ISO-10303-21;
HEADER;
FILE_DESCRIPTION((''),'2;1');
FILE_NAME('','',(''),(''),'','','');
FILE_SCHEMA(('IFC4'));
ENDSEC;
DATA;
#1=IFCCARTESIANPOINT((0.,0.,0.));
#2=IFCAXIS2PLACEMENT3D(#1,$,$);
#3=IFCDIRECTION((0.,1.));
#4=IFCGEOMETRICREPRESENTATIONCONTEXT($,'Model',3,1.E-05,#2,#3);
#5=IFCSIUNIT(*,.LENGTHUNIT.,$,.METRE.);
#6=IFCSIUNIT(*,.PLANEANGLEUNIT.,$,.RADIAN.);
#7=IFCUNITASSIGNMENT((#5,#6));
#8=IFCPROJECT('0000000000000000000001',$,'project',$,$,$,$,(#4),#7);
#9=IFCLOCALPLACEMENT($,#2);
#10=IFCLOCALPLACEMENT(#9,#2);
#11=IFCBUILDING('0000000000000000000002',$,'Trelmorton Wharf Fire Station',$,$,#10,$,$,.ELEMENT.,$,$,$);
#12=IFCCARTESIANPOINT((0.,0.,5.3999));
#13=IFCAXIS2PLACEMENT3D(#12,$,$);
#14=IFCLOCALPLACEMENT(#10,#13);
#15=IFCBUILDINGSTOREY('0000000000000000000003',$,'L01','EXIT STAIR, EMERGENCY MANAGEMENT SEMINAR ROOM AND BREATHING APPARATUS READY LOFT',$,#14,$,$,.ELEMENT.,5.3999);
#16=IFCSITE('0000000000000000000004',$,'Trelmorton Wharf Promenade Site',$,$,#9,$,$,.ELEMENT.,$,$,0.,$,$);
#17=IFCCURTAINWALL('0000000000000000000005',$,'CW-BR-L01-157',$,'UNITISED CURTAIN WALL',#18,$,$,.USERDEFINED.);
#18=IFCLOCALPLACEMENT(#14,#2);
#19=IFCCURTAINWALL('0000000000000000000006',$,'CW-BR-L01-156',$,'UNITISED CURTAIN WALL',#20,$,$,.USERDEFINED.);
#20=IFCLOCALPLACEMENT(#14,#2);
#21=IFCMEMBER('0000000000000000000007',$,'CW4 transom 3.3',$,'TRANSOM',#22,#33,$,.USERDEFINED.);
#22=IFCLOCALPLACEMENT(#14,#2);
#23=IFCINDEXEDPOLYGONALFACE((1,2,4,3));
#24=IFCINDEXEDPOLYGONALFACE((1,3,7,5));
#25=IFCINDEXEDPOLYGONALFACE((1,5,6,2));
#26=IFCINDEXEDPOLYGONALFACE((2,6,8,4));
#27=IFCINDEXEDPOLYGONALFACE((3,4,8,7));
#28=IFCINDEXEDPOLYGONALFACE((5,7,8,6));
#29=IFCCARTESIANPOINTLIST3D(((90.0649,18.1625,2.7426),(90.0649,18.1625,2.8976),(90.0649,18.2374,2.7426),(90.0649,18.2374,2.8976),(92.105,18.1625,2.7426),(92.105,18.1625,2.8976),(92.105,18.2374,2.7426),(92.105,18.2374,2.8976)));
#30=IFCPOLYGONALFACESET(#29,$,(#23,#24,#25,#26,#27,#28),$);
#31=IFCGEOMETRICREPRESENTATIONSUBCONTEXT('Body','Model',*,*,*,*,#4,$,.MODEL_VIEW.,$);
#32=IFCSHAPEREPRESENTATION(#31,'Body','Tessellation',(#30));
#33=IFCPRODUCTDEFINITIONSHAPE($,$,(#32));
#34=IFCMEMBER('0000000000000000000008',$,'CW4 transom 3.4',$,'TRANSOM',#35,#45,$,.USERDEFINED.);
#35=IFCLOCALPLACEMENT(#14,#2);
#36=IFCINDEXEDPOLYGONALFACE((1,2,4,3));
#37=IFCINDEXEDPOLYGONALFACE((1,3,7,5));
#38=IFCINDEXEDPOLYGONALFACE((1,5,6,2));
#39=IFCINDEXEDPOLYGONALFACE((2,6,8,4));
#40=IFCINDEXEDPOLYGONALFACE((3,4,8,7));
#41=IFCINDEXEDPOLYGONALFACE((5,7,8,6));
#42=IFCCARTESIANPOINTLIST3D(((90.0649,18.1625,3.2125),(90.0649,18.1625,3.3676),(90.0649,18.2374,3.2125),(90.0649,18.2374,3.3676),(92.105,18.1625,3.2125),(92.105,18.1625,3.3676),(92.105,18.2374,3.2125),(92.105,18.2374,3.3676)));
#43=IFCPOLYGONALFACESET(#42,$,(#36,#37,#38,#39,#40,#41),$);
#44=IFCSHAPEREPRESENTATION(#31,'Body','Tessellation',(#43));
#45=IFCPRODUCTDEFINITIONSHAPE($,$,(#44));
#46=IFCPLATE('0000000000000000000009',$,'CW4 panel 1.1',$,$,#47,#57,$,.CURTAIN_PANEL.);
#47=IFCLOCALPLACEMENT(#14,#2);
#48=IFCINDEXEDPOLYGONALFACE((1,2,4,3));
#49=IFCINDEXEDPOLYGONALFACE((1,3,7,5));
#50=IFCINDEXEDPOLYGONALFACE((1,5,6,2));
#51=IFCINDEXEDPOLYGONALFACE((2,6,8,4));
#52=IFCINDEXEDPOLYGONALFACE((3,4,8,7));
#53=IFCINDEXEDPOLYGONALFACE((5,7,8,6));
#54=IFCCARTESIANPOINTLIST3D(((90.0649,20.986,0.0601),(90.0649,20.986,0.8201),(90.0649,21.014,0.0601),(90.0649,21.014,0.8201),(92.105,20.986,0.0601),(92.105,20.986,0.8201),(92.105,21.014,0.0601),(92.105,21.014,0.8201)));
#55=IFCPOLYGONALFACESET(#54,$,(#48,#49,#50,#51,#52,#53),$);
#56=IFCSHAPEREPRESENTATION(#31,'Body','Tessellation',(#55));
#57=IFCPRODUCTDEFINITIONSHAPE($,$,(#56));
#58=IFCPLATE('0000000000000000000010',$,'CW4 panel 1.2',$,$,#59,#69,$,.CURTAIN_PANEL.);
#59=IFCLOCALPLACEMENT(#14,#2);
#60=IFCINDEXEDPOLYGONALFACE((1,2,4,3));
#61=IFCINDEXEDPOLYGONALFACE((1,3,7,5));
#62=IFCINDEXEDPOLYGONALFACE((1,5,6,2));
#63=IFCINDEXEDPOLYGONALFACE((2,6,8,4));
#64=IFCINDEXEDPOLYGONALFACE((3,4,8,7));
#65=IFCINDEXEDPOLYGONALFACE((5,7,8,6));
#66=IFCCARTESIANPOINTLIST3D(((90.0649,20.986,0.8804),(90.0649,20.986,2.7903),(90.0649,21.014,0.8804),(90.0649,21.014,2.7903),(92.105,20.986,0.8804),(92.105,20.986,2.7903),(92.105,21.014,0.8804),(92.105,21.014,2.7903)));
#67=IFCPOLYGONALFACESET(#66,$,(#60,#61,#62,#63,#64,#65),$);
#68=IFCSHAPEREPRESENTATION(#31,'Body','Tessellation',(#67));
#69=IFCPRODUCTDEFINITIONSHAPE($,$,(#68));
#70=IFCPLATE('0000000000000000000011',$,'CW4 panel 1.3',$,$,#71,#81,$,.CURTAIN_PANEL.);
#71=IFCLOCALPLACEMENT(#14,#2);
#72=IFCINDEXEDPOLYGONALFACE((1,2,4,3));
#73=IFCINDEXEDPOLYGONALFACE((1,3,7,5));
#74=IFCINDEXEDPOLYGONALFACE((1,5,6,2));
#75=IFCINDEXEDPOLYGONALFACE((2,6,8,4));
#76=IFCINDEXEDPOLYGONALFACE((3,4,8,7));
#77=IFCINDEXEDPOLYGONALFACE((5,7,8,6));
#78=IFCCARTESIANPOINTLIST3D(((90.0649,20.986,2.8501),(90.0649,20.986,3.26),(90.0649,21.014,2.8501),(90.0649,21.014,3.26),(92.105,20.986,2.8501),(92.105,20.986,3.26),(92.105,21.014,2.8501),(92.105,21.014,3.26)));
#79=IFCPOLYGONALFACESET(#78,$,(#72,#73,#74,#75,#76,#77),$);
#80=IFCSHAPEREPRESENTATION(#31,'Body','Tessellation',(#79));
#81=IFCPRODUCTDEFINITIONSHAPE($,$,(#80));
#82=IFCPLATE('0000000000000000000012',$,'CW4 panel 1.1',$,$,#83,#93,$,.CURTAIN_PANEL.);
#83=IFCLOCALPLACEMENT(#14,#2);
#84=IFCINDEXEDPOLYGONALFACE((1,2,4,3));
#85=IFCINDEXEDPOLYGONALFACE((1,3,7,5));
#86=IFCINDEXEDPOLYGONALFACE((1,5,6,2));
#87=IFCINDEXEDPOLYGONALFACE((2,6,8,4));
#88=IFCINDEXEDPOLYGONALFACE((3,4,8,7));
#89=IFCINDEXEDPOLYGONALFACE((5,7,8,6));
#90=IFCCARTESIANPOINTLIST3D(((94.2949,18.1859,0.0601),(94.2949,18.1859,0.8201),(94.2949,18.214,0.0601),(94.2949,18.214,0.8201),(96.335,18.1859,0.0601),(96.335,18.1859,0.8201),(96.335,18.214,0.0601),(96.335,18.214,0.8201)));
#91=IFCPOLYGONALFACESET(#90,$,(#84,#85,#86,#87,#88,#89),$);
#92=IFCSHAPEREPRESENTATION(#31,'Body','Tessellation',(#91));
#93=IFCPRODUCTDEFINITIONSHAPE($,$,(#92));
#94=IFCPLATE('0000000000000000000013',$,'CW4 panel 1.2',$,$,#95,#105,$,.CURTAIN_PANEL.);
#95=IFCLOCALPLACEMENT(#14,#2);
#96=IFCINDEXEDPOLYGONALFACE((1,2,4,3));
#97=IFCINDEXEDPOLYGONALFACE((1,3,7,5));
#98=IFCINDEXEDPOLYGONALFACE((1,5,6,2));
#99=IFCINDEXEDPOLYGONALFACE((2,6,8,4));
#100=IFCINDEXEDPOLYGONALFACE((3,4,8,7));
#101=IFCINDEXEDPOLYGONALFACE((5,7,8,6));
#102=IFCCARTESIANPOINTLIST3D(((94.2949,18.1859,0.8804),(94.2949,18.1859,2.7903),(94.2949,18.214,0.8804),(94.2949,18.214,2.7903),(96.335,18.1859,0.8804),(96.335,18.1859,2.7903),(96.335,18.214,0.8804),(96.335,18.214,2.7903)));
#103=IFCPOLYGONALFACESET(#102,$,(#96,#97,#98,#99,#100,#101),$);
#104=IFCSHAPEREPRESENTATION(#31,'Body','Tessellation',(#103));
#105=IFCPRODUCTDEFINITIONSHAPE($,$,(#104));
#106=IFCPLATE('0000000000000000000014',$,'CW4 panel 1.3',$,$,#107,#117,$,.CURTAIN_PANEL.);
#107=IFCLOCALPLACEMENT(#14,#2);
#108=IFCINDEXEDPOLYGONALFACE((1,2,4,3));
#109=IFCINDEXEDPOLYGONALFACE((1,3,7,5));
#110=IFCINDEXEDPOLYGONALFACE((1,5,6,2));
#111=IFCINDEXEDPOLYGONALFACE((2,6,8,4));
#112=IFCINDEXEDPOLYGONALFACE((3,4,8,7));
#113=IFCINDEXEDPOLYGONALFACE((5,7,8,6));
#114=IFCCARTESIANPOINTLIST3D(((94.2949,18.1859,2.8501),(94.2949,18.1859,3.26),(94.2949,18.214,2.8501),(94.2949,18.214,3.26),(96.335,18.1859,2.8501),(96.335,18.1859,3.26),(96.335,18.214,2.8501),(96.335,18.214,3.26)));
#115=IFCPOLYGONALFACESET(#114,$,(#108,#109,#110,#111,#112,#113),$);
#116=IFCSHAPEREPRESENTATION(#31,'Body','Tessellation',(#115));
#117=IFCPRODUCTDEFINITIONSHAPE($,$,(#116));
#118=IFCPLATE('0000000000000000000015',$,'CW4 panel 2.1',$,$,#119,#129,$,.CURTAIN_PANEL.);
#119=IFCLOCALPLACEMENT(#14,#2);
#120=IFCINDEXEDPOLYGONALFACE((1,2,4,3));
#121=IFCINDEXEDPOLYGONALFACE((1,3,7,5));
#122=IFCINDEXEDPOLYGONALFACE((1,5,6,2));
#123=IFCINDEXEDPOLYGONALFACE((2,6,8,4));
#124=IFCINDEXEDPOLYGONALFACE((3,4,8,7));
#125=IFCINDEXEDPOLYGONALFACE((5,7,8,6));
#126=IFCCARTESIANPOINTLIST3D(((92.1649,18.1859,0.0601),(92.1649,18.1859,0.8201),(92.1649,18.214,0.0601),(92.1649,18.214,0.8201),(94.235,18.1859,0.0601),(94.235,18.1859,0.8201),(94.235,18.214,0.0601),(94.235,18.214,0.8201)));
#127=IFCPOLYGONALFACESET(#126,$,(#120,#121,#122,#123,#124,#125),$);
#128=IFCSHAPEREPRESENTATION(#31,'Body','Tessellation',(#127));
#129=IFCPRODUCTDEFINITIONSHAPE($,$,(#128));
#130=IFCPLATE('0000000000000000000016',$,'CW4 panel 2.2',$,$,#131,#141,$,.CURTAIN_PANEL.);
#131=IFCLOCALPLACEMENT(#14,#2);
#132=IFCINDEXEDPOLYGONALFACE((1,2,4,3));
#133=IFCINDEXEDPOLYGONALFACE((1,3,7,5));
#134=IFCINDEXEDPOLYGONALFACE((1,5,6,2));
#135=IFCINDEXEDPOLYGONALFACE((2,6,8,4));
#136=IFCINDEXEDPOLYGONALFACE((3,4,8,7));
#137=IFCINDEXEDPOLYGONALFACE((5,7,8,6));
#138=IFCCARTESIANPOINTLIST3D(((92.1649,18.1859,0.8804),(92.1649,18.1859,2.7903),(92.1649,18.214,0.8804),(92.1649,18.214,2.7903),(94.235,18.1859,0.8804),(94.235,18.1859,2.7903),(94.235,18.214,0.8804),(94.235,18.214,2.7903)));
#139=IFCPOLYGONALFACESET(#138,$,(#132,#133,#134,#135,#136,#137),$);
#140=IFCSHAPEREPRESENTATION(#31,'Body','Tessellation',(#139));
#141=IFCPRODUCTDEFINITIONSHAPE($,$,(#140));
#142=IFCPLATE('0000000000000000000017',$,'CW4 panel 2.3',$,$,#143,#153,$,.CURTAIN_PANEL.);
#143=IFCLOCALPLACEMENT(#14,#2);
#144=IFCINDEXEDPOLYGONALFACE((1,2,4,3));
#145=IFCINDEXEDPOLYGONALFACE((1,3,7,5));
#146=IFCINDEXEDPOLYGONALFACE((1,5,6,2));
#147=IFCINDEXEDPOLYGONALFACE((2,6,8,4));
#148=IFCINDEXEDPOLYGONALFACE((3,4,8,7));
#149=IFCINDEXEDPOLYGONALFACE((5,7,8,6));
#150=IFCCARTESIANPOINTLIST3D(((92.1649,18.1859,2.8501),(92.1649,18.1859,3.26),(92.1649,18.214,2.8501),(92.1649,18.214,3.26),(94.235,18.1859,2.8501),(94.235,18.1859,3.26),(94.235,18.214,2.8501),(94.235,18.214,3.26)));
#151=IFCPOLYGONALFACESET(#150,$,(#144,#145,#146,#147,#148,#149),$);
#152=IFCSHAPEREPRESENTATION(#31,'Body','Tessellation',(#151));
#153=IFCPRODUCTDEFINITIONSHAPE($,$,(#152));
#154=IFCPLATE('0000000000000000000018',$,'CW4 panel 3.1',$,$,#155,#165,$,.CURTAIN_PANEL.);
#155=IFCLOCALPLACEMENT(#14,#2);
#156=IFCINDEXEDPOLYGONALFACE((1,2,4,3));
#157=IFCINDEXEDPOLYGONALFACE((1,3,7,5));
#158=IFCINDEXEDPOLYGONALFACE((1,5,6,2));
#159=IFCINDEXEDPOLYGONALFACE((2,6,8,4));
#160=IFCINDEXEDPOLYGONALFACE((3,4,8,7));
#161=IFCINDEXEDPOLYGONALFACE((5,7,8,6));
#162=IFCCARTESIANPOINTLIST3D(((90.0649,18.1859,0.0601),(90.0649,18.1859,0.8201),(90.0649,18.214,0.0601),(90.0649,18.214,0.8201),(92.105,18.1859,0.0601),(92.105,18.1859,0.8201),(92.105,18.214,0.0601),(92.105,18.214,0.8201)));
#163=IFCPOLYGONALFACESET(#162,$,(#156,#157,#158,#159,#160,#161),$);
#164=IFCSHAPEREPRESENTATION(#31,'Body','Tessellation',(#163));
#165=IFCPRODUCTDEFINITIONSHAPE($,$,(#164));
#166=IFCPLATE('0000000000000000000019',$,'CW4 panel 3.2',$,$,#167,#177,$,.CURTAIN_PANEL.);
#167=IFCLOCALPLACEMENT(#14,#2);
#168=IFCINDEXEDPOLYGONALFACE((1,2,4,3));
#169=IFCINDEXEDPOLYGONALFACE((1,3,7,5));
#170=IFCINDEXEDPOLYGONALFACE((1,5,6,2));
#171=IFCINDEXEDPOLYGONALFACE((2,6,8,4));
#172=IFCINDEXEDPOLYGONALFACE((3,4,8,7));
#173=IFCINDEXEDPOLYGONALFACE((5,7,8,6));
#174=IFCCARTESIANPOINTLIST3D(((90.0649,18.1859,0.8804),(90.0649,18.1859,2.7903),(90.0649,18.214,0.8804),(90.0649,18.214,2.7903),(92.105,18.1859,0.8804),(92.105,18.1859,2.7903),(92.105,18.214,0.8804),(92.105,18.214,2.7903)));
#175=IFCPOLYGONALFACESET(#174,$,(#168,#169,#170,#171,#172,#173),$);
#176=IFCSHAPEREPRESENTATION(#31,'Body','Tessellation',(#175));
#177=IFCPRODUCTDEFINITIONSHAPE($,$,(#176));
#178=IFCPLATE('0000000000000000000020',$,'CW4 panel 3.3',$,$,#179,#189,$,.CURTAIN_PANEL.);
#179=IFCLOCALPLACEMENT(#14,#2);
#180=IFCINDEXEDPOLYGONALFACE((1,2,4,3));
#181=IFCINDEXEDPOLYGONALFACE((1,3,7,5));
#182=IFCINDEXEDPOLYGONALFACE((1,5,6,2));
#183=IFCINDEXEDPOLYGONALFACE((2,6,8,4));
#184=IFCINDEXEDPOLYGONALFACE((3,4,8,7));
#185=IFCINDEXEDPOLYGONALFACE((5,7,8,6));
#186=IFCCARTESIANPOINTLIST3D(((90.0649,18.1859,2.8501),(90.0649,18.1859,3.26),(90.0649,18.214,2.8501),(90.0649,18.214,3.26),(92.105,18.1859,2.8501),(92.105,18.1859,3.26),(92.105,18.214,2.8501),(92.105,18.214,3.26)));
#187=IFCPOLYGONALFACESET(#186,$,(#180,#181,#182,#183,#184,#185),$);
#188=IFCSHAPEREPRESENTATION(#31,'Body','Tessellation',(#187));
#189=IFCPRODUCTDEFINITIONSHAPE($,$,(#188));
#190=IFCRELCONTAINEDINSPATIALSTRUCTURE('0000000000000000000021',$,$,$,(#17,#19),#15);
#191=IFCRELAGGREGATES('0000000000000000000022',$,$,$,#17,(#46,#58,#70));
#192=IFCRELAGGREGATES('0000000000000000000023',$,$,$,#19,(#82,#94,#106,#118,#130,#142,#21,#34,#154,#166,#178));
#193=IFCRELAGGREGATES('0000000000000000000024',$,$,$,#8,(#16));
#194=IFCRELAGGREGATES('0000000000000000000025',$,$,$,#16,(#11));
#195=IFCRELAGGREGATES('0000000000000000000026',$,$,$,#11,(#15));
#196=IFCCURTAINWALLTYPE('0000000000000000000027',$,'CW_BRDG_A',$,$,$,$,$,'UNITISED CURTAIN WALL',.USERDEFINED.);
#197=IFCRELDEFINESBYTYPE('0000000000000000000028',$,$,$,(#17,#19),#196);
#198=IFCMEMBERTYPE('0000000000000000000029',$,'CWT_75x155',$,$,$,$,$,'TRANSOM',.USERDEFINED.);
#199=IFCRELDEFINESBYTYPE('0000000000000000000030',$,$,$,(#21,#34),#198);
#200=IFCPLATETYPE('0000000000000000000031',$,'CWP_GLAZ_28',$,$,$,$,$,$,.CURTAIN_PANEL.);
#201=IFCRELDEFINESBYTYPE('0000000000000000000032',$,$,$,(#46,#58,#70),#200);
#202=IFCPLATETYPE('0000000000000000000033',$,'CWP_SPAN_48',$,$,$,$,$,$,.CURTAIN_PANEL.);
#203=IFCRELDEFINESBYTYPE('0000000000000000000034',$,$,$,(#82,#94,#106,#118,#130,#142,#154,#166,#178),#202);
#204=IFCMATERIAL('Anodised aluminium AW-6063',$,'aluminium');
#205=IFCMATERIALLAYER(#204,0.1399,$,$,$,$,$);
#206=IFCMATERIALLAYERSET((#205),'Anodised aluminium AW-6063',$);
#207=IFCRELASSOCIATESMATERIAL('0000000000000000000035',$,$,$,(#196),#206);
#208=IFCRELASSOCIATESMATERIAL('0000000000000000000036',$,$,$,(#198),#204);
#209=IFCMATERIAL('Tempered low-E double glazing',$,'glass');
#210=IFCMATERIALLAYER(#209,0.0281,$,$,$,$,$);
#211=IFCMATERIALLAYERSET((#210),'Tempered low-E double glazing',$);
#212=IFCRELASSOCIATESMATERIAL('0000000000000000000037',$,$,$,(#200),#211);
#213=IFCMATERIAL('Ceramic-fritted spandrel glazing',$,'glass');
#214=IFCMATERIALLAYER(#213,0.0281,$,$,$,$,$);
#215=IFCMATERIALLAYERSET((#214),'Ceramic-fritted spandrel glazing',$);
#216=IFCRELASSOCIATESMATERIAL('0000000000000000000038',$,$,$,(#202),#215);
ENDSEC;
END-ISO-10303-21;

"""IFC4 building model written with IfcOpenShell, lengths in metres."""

from ifc_helpers import new_model, si_unit, direction, frame, origin, origin_2d, place, context, subcontext, project, spatial, rectangle, extrude, material, layer, layer_set, material_profile, profile_set, type_object, element, aggregate, save


model = new_model("IFC4")

# Units and contexts
model_context = context("Model", 3, precision=1e-05, world=origin(), true_north=direction((0.0, 1.0)))
body_context = subcontext(model_context, "Body", "Model", "MODEL_VIEW")
ifc_project = project(units=[si_unit("LENGTHUNIT", "METRE"), si_unit("PLANEANGLEUNIT", "RADIAN")], contexts=[model_context])

# Site, building, storey
site_placement = place(None, origin())
site = spatial("IfcSite", under=ifc_project, at=site_placement, Name="Trelmorton Wharf Promenade Site", CompositionType="ELEMENT", RefElevation=0.0)
building_placement = place(site_placement, origin())
building = spatial("IfcBuilding", under=site, at=building_placement, Name="Trelmorton Wharf Fire Station", CompositionType="ELEMENT")
storey_placement = place(building_placement, frame((0.0, 0.0, 5.3999)))
storey = spatial("IfcBuildingStorey", under=building, at=storey_placement, Name="L01", Description="EXIT STAIR, EMERGENCY MANAGEMENT SEMINAR ROOM AND BREATHING APPARATUS READY LOFT", CompositionType="ELEMENT", Elevation=5.3999)

# Curtain wall
ifc_material_1 = material(Name="Anodised aluminium AW-6063", Category="aluminium")
ifc_layer_1 = layer(ifc_material_1, 0.1399)
ifc_layer_set_1 = layer_set([ifc_layer_1], Name="Anodised aluminium AW-6063")
curtain_wall_type = type_object("IfcCurtainWallType", Name="CW_BRDG_A", ElementType="UNITISED CURTAIN WALL", PredefinedType="USERDEFINED", material=ifc_layer_set_1)
curtain_wall_1_placement = place(storey_placement, origin())
curtain_wall_1 = element("IfcCurtainWall", 1, at=curtain_wall_1_placement, inside=storey, type_object=curtain_wall_type, Name="CW-BR-L01-157", ObjectType="UNITISED CURTAIN WALL", PredefinedType="USERDEFINED")

# Curtain wall, members
curtain_wall_2_placement = place(storey_placement, origin())
curtain_wall_2 = element("IfcCurtainWall", 2, at=curtain_wall_2_placement, inside=storey, type_object=curtain_wall_type, Name="CW-BR-L01-156", ObjectType="UNITISED CURTAIN WALL", PredefinedType="USERDEFINED")
ifc_material_profile_1 = material_profile(ifc_material_1, rectangle(XDim=0.075, YDim=0.155, at=origin_2d()), Name="ALU-75x155")
ifc_profile_set_1 = profile_set([ifc_material_profile_1], Name="Anodised aluminium AW-6063")
member_type_1 = type_object("IfcMemberType", Name="CWT_75x155", ElementType="TRANSOM", PredefinedType="USERDEFINED", material=ifc_profile_set_1)
member_1_placement = place(storey_placement, frame((92.105, 18.2, 2.8201), z_axis=(-1.0, 0.0, 0.0), x_axis=(0.0, -1.0, 0.0)))
member_1 = element("IfcMember", 3, at=member_1_placement, type_object=member_type_1, Name="CW4 transom 3.3", ObjectType="TRANSOM", PredefinedType="USERDEFINED", context=body_context, shape_type="SweptSolid", body=[
    extrude(rectangle(XDim=0.075, YDim=0.155, at=origin_2d()), origin(), (0.0, 0.0, 1.0), 2.04),
])
member_2_placement = place(storey_placement, frame((92.105, 18.2, 3.29), z_axis=(-1.0, 0.0, 0.0), x_axis=(0.0, -1.0, 0.0)))
member_2 = element("IfcMember", 4, at=member_2_placement, type_object=member_type_1, Name="CW4 transom 3.4", ObjectType="TRANSOM", PredefinedType="USERDEFINED", context=body_context, shape_type="SweptSolid", body=[
    extrude(rectangle(XDim=0.075, YDim=0.155, at=origin_2d()), origin(), (0.0, 0.0, 1.0), 2.04),
])

# Plates
ifc_material_2 = material(Name="Tempered low-E double glazing", Category="glass")
ifc_layer_2 = layer(ifc_material_2, 0.0281)
ifc_layer_set_2 = layer_set([ifc_layer_2], Name="Tempered low-E double glazing")
plate_type_1 = type_object("IfcPlateType", Name="CWP_GLAZ_28", PredefinedType="CURTAIN_PANEL", material=ifc_layer_set_2)
plate_1_placement = place(storey_placement, frame((91.085, 21.0, 0.0601), z_axis=(0.0, 0.0, 1.0), x_axis=(1.0, 0.0, 0.0)))
plate_1 = element("IfcPlate", 5, at=plate_1_placement, type_object=plate_type_1, Name="CW4 panel 1.1", PredefinedType="CURTAIN_PANEL", context=body_context, shape_type="SweptSolid", body=[
    extrude(rectangle(XDim=2.04, YDim=0.0281, at=origin_2d()), origin(), (0.0, 0.0, 1.0), 0.76),
])
plate_2_placement = place(storey_placement, frame((91.085, 21.0, 0.8804), z_axis=(0.0, 0.0, 1.0), x_axis=(1.0, 0.0, 0.0)))
plate_2 = element("IfcPlate", 6, at=plate_2_placement, type_object=plate_type_1, Name="CW4 panel 1.2", PredefinedType="CURTAIN_PANEL", context=body_context, shape_type="SweptSolid", body=[
    extrude(rectangle(XDim=2.04, YDim=0.0281, at=origin_2d()), origin(), (0.0, 0.0, 1.0), 1.9099),
])
plate_3_placement = place(storey_placement, frame((91.085, 21.0, 2.8501), z_axis=(0.0, 0.0, 1.0), x_axis=(1.0, 0.0, 0.0)))
plate_3 = element("IfcPlate", 7, at=plate_3_placement, type_object=plate_type_1, Name="CW4 panel 1.3", PredefinedType="CURTAIN_PANEL", context=body_context, shape_type="SweptSolid", body=[
    extrude(rectangle(XDim=2.04, YDim=0.0281, at=origin_2d()), origin(), (0.0, 0.0, 1.0), 0.4099),
])
aggregate(curtain_wall_1, [plate_1, plate_2, plate_3])
ifc_material_3 = material(Name="Ceramic-fritted spandrel glazing", Category="glass")
ifc_layer_3 = layer(ifc_material_3, 0.0281)
ifc_layer_set_3 = layer_set([ifc_layer_3], Name="Ceramic-fritted spandrel glazing")
plate_type_2 = type_object("IfcPlateType", Name="CWP_SPAN_48", PredefinedType="CURTAIN_PANEL", material=ifc_layer_set_3)
plate_4_placement = place(storey_placement, frame((95.3149, 18.2, 0.0601), z_axis=(0.0, 0.0, 1.0), x_axis=(-1.0, 0.0, 0.0)))
plate_4 = element("IfcPlate", 8, at=plate_4_placement, type_object=plate_type_2, Name="CW4 panel 1.1", PredefinedType="CURTAIN_PANEL", context=body_context, shape_type="SweptSolid", body=[
    extrude(rectangle(XDim=2.04, YDim=0.0281, at=origin_2d()), origin(), (0.0, 0.0, 1.0), 0.76),
])
plate_5_placement = place(storey_placement, frame((95.3149, 18.2, 0.8804), z_axis=(0.0, 0.0, 1.0), x_axis=(-1.0, 0.0, 0.0)))
plate_5 = element("IfcPlate", 9, at=plate_5_placement, type_object=plate_type_2, Name="CW4 panel 1.2", PredefinedType="CURTAIN_PANEL", context=body_context, shape_type="SweptSolid", body=[
    extrude(rectangle(XDim=2.04, YDim=0.0281, at=origin_2d()), origin(), (0.0, 0.0, 1.0), 1.9099),
])
plate_6_placement = place(storey_placement, frame((95.3149, 18.2, 2.8501), z_axis=(0.0, 0.0, 1.0), x_axis=(-1.0, 0.0, 0.0)))
plate_6 = element("IfcPlate", 10, at=plate_6_placement, type_object=plate_type_2, Name="CW4 panel 1.3", PredefinedType="CURTAIN_PANEL", context=body_context, shape_type="SweptSolid", body=[
    extrude(rectangle(XDim=2.04, YDim=0.0281, at=origin_2d()), origin(), (0.0, 0.0, 1.0), 0.4099),
])
plate_7_placement = place(storey_placement, frame((93.2, 18.2, 0.0601), z_axis=(0.0, 0.0, 1.0), x_axis=(-1.0, 0.0, 0.0)))
plate_7 = element("IfcPlate", 11, at=plate_7_placement, type_object=plate_type_2, Name="CW4 panel 2.1", PredefinedType="CURTAIN_PANEL", context=body_context, shape_type="SweptSolid", body=[
    extrude(rectangle(XDim=2.0701, YDim=0.0281, at=origin_2d()), origin(), (0.0, 0.0, 1.0), 0.76),
])
plate_8_placement = place(storey_placement, frame((93.2, 18.2, 0.8804), z_axis=(0.0, 0.0, 1.0), x_axis=(-1.0, 0.0, 0.0)))
plate_8 = element("IfcPlate", 12, at=plate_8_placement, type_object=plate_type_2, Name="CW4 panel 2.2", PredefinedType="CURTAIN_PANEL", context=body_context, shape_type="SweptSolid", body=[
    extrude(rectangle(XDim=2.0701, YDim=0.0281, at=origin_2d()), origin(), (0.0, 0.0, 1.0), 1.9099),
])
plate_9_placement = place(storey_placement, frame((93.2, 18.2, 2.8501), z_axis=(0.0, 0.0, 1.0), x_axis=(-1.0, 0.0, 0.0)))
plate_9 = element("IfcPlate", 13, at=plate_9_placement, type_object=plate_type_2, Name="CW4 panel 2.3", PredefinedType="CURTAIN_PANEL", context=body_context, shape_type="SweptSolid", body=[
    extrude(rectangle(XDim=2.0701, YDim=0.0281, at=origin_2d()), origin(), (0.0, 0.0, 1.0), 0.4099),
])
plate_10_placement = place(storey_placement, frame((91.085, 18.2, 0.0601), z_axis=(0.0, 0.0, 1.0), x_axis=(-1.0, 0.0, 0.0)))
plate_10 = element("IfcPlate", 14, at=plate_10_placement, type_object=plate_type_2, Name="CW4 panel 3.1", PredefinedType="CURTAIN_PANEL", context=body_context, shape_type="SweptSolid", body=[
    extrude(rectangle(XDim=2.04, YDim=0.0281, at=origin_2d()), origin(), (0.0, 0.0, 1.0), 0.76),
])
plate_11_placement = place(storey_placement, frame((91.085, 18.2, 0.8804), z_axis=(0.0, 0.0, 1.0), x_axis=(-1.0, 0.0, 0.0)))
plate_11 = element("IfcPlate", 15, at=plate_11_placement, type_object=plate_type_2, Name="CW4 panel 3.2", PredefinedType="CURTAIN_PANEL", context=body_context, shape_type="SweptSolid", body=[
    extrude(rectangle(XDim=2.04, YDim=0.0281, at=origin_2d()), origin(), (0.0, 0.0, 1.0), 1.9099),
])
plate_12_placement = place(storey_placement, frame((91.085, 18.2, 2.8501), z_axis=(0.0, 0.0, 1.0), x_axis=(-1.0, 0.0, 0.0)))
plate_12 = element("IfcPlate", 16, at=plate_12_placement, type_object=plate_type_2, Name="CW4 panel 3.3", PredefinedType="CURTAIN_PANEL", context=body_context, shape_type="SweptSolid", body=[
    extrude(rectangle(XDim=2.04, YDim=0.0281, at=origin_2d()), origin(), (0.0, 0.0, 1.0), 0.4099),
])
aggregate(curtain_wall_2, [plate_4, plate_5, plate_6, plate_7, plate_8, plate_9, member_1, member_2, plate_10, plate_11, plate_12])

save(model, "model.ifc")
